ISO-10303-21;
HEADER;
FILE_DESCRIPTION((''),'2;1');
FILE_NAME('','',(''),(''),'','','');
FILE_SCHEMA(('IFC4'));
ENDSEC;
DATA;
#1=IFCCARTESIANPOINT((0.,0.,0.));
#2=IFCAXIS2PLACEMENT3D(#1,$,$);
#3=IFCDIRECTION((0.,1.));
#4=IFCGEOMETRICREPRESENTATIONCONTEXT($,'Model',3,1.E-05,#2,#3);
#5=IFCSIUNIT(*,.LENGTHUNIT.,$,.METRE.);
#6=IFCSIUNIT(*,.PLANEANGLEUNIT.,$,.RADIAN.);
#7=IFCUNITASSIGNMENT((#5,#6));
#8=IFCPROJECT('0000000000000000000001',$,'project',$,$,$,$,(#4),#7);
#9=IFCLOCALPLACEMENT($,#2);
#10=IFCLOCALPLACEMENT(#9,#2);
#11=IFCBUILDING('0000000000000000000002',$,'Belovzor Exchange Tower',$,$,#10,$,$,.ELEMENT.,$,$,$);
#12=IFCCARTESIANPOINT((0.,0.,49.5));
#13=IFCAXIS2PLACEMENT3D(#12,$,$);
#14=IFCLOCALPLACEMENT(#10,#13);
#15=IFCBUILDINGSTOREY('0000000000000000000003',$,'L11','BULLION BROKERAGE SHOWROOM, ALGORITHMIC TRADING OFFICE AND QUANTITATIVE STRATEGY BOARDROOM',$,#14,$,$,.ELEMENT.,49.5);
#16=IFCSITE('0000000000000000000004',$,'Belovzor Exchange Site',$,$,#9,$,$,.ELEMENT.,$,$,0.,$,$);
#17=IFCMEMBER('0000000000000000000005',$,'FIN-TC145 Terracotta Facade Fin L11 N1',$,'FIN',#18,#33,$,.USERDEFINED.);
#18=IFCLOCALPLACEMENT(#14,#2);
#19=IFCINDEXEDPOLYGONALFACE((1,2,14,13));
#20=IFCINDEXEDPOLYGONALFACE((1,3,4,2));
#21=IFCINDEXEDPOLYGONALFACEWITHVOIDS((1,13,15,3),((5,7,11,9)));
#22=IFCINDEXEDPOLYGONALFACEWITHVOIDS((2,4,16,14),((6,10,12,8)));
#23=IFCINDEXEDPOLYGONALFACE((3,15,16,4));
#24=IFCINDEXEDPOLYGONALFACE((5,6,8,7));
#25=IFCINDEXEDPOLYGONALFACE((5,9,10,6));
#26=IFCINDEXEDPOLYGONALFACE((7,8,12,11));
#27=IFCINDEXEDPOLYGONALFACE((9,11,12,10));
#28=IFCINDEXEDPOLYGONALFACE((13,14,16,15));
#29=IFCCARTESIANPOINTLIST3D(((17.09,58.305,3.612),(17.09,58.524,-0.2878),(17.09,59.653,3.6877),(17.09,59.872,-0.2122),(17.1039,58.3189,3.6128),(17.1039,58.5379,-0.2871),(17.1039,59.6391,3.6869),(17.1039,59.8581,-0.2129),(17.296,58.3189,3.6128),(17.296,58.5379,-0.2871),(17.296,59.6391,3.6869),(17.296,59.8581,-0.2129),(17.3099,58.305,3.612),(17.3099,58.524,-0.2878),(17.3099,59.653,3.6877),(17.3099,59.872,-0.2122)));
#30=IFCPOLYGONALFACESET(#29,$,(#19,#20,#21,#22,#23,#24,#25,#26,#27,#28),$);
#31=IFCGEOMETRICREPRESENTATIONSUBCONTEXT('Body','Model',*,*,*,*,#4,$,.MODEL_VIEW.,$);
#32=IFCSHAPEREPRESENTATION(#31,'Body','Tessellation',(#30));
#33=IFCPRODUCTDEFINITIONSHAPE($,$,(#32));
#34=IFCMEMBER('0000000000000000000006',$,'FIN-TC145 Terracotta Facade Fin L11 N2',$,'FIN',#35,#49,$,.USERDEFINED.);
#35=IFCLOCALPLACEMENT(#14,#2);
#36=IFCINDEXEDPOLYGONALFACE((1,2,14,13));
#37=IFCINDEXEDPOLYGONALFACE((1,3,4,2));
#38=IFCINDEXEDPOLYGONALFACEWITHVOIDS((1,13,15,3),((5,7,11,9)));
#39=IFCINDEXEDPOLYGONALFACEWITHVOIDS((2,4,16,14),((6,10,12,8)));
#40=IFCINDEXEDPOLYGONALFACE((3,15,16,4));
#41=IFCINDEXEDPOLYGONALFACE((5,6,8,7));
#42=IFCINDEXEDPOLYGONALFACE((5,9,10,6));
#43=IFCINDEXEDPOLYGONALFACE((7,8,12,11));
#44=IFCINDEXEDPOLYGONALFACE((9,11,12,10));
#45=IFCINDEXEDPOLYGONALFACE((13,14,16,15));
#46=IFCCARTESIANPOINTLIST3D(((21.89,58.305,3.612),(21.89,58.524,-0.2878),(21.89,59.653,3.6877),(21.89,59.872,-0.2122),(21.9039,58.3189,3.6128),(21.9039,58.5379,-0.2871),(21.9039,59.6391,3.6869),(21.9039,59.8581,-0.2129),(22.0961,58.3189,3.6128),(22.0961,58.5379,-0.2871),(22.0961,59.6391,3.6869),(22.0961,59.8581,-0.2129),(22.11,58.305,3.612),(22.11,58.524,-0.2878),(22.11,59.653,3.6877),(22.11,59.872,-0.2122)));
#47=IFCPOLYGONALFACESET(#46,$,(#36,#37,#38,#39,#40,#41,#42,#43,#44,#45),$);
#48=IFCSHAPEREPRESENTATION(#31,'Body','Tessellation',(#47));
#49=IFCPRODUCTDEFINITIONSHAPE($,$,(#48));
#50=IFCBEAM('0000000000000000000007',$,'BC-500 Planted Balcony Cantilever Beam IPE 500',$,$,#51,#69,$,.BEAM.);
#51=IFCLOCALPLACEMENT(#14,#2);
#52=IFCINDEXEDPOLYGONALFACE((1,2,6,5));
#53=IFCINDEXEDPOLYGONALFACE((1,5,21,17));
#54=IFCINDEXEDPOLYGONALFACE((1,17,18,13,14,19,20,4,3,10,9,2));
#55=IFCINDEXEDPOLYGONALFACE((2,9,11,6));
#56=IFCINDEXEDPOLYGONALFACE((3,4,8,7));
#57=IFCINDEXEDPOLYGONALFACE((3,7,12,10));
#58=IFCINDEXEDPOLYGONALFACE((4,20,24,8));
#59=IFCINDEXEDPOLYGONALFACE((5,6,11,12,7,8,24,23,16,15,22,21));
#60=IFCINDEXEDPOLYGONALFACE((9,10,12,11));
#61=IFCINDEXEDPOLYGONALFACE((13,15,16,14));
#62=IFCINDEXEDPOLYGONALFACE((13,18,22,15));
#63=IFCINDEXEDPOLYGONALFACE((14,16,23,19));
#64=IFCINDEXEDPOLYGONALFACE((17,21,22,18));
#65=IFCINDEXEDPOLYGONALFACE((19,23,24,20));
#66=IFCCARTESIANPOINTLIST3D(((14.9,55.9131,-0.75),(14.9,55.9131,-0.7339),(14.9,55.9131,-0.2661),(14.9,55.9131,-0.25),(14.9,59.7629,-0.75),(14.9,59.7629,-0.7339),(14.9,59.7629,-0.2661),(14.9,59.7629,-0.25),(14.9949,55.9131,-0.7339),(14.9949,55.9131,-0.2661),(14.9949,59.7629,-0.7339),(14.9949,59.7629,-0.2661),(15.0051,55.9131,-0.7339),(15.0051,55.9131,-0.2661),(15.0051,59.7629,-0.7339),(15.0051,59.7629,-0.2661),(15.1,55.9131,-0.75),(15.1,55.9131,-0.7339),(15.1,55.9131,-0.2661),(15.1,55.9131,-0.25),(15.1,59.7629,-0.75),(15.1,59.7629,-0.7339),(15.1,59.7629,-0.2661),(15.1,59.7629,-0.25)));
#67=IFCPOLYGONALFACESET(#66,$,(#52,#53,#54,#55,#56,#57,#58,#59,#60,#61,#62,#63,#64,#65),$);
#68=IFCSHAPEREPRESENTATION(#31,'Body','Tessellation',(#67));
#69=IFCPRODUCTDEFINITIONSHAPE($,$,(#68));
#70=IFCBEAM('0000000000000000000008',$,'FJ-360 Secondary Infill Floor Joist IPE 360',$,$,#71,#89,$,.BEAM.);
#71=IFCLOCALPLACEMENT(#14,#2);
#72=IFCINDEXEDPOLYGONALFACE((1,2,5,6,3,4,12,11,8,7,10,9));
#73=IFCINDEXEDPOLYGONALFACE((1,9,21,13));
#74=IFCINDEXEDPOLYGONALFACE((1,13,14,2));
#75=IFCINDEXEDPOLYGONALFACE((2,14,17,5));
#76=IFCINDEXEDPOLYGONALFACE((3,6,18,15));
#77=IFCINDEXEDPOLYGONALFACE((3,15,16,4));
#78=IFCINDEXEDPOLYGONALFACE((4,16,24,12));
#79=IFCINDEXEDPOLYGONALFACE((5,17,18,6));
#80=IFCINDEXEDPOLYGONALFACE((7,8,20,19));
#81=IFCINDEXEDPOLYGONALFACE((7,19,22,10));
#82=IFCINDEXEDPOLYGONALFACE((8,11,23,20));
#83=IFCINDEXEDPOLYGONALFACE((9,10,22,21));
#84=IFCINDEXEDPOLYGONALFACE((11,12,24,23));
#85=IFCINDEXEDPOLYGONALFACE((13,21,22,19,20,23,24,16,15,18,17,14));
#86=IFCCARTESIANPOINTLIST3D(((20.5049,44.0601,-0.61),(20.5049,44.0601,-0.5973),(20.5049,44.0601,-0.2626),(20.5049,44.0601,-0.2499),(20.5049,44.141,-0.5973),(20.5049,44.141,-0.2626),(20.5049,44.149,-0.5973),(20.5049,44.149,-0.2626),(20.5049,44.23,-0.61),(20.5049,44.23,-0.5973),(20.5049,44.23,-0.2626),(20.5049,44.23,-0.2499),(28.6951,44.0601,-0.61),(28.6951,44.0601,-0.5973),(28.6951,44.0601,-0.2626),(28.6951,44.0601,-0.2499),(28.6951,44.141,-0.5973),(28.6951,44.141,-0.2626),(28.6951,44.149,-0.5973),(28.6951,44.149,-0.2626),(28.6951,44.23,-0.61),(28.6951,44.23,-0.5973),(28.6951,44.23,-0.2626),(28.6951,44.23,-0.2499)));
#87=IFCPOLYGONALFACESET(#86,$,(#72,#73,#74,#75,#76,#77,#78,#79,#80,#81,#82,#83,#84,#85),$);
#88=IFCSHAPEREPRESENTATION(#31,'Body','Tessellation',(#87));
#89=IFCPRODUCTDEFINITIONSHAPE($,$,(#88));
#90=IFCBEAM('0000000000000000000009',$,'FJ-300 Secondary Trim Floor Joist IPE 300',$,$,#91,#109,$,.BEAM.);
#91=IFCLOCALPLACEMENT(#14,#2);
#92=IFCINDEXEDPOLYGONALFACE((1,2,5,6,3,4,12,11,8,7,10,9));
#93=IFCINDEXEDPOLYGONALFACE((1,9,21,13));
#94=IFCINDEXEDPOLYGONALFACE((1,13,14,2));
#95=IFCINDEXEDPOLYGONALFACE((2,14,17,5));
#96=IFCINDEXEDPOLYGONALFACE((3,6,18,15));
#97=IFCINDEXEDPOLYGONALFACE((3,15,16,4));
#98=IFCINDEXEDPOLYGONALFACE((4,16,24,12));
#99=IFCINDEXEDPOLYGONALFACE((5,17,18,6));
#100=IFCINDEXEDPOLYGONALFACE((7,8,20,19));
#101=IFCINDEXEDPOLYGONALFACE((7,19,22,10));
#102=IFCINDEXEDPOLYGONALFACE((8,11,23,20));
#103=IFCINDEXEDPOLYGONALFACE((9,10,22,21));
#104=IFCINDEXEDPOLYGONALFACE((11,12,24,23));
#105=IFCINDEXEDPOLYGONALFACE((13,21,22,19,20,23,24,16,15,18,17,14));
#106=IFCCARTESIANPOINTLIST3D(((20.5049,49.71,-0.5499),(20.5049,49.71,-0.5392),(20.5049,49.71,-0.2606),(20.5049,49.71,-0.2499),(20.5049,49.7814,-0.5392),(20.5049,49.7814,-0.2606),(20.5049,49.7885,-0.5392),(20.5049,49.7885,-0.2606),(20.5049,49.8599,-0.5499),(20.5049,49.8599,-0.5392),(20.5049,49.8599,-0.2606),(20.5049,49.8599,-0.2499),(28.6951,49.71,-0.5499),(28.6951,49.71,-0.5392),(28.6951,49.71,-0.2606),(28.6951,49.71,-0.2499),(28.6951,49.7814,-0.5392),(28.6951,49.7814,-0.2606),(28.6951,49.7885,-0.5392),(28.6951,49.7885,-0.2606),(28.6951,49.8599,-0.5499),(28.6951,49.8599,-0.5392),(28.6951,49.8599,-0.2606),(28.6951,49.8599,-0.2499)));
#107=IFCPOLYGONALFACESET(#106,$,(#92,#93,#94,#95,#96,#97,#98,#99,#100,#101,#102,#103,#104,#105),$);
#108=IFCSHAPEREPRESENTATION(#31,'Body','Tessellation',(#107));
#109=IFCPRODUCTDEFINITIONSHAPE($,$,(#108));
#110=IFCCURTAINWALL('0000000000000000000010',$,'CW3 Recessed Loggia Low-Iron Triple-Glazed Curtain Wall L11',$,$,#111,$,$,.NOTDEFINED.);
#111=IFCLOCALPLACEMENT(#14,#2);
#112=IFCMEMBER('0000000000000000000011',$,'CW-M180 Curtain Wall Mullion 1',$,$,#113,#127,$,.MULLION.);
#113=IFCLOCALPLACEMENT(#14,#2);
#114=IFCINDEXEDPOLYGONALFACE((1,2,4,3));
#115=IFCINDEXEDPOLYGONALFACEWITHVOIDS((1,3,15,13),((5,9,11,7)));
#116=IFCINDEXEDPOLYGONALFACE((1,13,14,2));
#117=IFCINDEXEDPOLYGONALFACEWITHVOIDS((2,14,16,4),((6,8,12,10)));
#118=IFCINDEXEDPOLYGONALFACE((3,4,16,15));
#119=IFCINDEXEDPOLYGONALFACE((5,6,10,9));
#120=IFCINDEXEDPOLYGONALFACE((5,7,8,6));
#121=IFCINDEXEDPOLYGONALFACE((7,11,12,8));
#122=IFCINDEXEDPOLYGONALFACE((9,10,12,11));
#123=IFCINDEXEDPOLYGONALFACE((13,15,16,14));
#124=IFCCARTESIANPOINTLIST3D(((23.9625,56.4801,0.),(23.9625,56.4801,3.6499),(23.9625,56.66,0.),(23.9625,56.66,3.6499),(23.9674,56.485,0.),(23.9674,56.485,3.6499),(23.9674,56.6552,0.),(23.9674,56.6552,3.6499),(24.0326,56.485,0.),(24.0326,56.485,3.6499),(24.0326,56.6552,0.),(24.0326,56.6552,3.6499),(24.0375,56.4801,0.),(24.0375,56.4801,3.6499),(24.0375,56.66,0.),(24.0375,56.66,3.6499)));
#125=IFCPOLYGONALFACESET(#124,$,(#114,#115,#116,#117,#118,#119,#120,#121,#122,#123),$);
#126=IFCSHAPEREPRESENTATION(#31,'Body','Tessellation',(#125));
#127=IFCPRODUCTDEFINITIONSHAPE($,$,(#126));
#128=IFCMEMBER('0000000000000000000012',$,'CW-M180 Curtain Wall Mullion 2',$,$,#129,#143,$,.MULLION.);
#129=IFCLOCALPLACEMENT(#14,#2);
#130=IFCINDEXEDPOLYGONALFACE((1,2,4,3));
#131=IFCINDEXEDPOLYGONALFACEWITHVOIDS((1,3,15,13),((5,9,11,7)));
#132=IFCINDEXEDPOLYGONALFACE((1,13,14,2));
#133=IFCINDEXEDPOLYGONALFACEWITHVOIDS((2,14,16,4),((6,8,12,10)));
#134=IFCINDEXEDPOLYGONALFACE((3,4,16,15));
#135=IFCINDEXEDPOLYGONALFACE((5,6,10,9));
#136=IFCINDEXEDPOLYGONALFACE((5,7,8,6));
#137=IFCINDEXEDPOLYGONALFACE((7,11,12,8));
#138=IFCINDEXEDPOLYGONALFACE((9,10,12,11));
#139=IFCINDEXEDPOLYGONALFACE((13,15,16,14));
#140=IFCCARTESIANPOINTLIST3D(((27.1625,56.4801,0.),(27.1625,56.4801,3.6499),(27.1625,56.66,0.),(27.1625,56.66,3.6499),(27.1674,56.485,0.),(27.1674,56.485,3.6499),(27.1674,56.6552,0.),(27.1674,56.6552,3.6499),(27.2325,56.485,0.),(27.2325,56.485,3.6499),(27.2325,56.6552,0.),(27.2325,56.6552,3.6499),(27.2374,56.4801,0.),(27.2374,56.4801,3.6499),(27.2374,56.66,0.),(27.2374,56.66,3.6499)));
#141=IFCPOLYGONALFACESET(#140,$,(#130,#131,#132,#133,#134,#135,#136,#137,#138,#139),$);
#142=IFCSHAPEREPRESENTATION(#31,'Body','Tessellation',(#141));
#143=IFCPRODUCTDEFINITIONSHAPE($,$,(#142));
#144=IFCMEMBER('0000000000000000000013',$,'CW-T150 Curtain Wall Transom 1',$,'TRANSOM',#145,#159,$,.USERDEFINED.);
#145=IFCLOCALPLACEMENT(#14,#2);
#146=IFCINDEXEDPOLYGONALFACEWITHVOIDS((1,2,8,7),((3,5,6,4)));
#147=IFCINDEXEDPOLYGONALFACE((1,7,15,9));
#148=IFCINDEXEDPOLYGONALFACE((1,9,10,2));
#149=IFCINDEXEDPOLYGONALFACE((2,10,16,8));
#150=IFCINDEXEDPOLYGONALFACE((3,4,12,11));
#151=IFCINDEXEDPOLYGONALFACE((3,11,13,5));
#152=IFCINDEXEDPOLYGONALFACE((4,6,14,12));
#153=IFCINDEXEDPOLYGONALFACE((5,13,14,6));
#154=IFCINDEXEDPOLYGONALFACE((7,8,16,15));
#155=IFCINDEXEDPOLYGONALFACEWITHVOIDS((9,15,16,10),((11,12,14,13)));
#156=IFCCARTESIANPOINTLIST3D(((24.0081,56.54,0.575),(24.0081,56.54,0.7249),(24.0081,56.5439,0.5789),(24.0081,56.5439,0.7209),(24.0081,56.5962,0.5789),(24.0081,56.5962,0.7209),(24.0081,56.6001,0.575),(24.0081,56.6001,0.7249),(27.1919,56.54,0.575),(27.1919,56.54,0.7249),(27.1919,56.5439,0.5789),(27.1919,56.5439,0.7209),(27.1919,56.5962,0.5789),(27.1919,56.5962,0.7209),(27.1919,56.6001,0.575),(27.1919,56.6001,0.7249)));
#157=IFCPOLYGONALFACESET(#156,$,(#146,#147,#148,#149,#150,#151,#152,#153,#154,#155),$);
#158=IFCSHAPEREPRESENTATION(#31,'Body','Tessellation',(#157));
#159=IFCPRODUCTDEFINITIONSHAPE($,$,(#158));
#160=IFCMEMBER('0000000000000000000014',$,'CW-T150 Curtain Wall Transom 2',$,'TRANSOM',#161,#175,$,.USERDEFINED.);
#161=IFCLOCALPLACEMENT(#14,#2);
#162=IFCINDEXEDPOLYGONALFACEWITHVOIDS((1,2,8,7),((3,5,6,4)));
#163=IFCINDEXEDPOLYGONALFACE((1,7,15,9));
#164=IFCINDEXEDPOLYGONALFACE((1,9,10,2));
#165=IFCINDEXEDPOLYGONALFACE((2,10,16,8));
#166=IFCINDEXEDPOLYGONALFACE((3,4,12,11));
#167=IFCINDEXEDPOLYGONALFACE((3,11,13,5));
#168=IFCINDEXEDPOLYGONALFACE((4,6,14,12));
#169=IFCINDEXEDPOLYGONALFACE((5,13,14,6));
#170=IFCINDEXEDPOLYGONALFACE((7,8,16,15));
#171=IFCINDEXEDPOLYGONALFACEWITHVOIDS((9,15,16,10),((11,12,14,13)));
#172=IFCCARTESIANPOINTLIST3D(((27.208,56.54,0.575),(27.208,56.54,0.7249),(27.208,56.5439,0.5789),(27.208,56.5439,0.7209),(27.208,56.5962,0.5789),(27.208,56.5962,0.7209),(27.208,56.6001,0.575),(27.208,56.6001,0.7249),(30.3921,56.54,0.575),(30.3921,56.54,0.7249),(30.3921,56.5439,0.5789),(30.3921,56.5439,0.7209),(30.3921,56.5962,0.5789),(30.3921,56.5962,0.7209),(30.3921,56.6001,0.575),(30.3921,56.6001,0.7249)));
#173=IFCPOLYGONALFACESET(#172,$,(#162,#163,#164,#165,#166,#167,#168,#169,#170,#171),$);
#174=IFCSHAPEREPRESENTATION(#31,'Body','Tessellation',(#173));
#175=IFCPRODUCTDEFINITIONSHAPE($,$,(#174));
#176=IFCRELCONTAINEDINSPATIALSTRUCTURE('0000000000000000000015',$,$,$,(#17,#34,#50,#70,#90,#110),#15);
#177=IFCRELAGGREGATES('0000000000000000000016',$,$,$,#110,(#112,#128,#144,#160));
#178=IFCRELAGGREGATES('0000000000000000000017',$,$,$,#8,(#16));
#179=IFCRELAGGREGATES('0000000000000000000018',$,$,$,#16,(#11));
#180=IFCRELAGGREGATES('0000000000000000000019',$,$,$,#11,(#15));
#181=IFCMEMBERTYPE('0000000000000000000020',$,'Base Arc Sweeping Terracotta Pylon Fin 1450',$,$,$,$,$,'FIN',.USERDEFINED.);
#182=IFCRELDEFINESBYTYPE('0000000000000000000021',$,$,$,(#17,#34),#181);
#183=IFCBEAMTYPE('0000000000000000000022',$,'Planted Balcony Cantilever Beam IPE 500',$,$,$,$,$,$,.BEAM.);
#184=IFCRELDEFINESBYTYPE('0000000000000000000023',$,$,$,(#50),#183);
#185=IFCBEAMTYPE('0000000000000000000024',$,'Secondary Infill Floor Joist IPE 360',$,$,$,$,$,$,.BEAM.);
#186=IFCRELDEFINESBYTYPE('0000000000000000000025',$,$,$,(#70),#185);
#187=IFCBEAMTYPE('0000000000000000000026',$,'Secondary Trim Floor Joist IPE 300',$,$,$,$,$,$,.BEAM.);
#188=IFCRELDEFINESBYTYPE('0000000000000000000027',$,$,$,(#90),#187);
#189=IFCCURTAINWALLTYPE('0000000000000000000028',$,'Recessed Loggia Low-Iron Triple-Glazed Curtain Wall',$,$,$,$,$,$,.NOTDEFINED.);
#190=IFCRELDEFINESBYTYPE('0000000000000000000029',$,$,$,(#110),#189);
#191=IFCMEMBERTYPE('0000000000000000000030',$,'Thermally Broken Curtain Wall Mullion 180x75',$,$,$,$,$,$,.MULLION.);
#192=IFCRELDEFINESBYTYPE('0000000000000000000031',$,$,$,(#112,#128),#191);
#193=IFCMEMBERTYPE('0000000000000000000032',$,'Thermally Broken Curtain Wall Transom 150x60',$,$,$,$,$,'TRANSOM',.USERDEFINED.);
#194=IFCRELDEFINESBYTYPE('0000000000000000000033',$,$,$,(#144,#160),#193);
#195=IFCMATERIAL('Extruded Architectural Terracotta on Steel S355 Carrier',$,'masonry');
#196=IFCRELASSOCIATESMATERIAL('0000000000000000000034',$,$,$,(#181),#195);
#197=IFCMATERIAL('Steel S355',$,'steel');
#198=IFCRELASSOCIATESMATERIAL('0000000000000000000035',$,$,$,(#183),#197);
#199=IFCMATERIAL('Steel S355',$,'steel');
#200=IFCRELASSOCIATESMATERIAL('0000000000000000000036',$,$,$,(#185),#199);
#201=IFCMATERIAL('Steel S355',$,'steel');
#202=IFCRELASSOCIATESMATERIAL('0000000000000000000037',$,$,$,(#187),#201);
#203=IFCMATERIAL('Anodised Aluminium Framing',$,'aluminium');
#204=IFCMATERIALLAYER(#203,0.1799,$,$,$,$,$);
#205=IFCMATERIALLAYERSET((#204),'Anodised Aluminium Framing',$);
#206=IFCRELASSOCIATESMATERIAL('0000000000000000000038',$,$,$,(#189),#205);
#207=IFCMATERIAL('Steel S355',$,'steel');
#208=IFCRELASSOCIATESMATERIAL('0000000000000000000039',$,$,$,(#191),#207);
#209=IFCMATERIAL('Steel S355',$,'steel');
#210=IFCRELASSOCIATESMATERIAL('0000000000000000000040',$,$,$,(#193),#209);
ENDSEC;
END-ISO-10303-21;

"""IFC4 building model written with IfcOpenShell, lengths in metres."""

from ifc_helpers import new_model, si_unit, direction, frame, origin, origin_2d, place, context, subcontext, project, spatial, hollow_rectangle, i_section, extrude, material, layer, layer_set, material_profile, profile_set, type_object, element, aggregate, save


model = new_model("IFC4")

# Units and contexts
model_context = context("Model", 3, precision=1e-05, world=origin(), true_north=direction((0.0, 1.0)))
body_context = subcontext(model_context, "Body", "Model", "MODEL_VIEW")
ifc_project = project(units=[si_unit("LENGTHUNIT", "METRE"), si_unit("PLANEANGLEUNIT", "RADIAN")], contexts=[model_context])

# Site, building, storey
site_placement = place(None, origin())
site = spatial("IfcSite", under=ifc_project, at=site_placement, Name="Belovzor Exchange Site", CompositionType="ELEMENT", RefElevation=0.0)
building_placement = place(site_placement, origin())
building = spatial("IfcBuilding", under=site, at=building_placement, Name="Belovzor Exchange Tower", CompositionType="ELEMENT")
storey_placement = place(building_placement, frame((0.0, 0.0, 49.5)))
storey = spatial("IfcBuildingStorey", under=building, at=storey_placement, Name="L11", Description="BULLION BROKERAGE SHOWROOM, ALGORITHMIC TRADING OFFICE AND QUANTITATIVE STRATEGY BOARDROOM", CompositionType="ELEMENT", Elevation=49.5)

# Members
ifc_material_1 = material(Name="Extruded Architectural Terracotta on Steel S355 Carrier", Category="masonry")
ifc_material_profile_1 = material_profile(ifc_material_1, hollow_rectangle(XDim=0.22, YDim=1.3501, WallThickness=0.0139, at=origin_2d()))
ifc_profile_set_1 = profile_set([ifc_material_profile_1], Name="Extruded Architectural Terracotta on Steel S355 Carrier")
member_type_1 = type_object("IfcMemberType", Name="Base Arc Sweeping Terracotta Pylon Fin 1450", ElementType="FIN", PredefinedType="USERDEFINED", material=ifc_profile_set_1)
for number, where, z_axis, x_axis, name in (
    (1, (17.2, 59.198, -0.25), (0.0, -0.056065, 0.998427), (1.0, 0.0, 0.0), "FIN-TC145 Terracotta Facade Fin L11 N1"),
    (2, (22.0, 59.198, -0.25), (0.0, -0.056065, 0.998427), (1.0, 0.0, 0.0), "FIN-TC145 Terracotta Facade Fin L11 N2"),
):
    element("IfcMember", number, at=place(storey_placement, frame(where, z_axis=z_axis, x_axis=x_axis)), inside=storey, type_object=member_type_1, Name=name, ObjectType="FIN", PredefinedType="USERDEFINED", context=body_context, shape_type="SweptSolid", body=[
        extrude(hollow_rectangle(XDim=0.22, YDim=1.3501, WallThickness=0.0139, at=origin_2d()), origin(), (0.0, 0.0, 1.0), 3.906),
    ])

# Beams
ifc_material_2 = material(Name="Steel S355", Category="steel")
ifc_material_profile_2 = material_profile(ifc_material_2, i_section(OverallWidth=0.2, OverallDepth=0.5, WebThickness=0.0103, FlangeThickness=0.0161, at=origin_2d()))
ifc_profile_set_2 = profile_set([ifc_material_profile_2], Name="Steel S355")
beam_type_1 = type_object("IfcBeamType", Name="Planted Balcony Cantilever Beam IPE 500", PredefinedType="BEAM", material=ifc_profile_set_2)
beam_1_placement = place(storey_placement, frame((15.0, 55.9131, -0.5), z_axis=(0.0, 1.0, 0.0), x_axis=(-1.0, 0.0, 0.0)))
element("IfcBeam", 3, at=beam_1_placement, inside=storey, type_object=beam_type_1, Name="BC-500 Planted Balcony Cantilever Beam IPE 500", PredefinedType="BEAM", context=body_context, shape_type="SweptSolid", body=[
    extrude(i_section(OverallWidth=0.2, OverallDepth=0.5, WebThickness=0.0103, FlangeThickness=0.0161, at=origin_2d()), origin(), (0.0, 0.0, 1.0), 3.8499),
])
ifc_material_3 = material(Name="Steel S355", Category="steel")
ifc_material_profile_3 = material_profile(ifc_material_3, i_section(OverallWidth=0.1699, OverallDepth=0.3601, WebThickness=0.0081, FlangeThickness=0.0127, at=origin_2d()))
ifc_profile_set_3 = profile_set([ifc_material_profile_3], Name="Steel S355")
beam_type_2 = type_object("IfcBeamType", Name="Secondary Infill Floor Joist IPE 360", PredefinedType="BEAM", material=ifc_profile_set_3)
beam_2_placement = place(storey_placement, frame((20.5049, 44.145, -0.4299), z_axis=(1.0, 0.0, 0.0), x_axis=(0.0, 1.0, 0.0)))
element("IfcBeam", 4, at=beam_2_placement, inside=storey, type_object=beam_type_2, Name="FJ-360 Secondary Infill Floor Joist IPE 360", PredefinedType="BEAM", context=body_context, shape_type="SweptSolid", body=[
    extrude(i_section(OverallWidth=0.1699, OverallDepth=0.3601, WebThickness=0.0081, FlangeThickness=0.0127, at=origin_2d()), origin(), (0.0, 0.0, 1.0), 8.1902),
])
ifc_material_4 = material(Name="Steel S355", Category="steel")
ifc_material_profile_4 = material_profile(ifc_material_4, i_section(OverallWidth=0.1499, OverallDepth=0.3, WebThickness=0.0071, FlangeThickness=0.0107, at=origin_2d()))
ifc_profile_set_4 = profile_set([ifc_material_profile_4], Name="Steel S355")
beam_type_3 = type_object("IfcBeamType", Name="Secondary Trim Floor Joist IPE 300", PredefinedType="BEAM", material=ifc_profile_set_4)
beam_3_placement = place(storey_placement, frame((20.5049, 49.7849, -0.3999), z_axis=(1.0, 0.0, 0.0), x_axis=(0.0, 1.0, 0.0)))
element("IfcBeam", 5, at=beam_3_placement, inside=storey, type_object=beam_type_3, Name="FJ-300 Secondary Trim Floor Joist IPE 300", PredefinedType="BEAM", context=body_context, shape_type="SweptSolid", body=[
    extrude(i_section(OverallWidth=0.1499, OverallDepth=0.3, WebThickness=0.0071, FlangeThickness=0.0107, at=origin_2d()), origin(), (0.0, 0.0, 1.0), 8.1902),
])

# Curtain wall, members
ifc_material_5 = material(Name="Anodised Aluminium Framing", Category="aluminium")
ifc_layer_1 = layer(ifc_material_5, 0.1799)
ifc_layer_set_1 = layer_set([ifc_layer_1], Name="Anodised Aluminium Framing")
curtain_wall_type = type_object("IfcCurtainWallType", Name="Recessed Loggia Low-Iron Triple-Glazed Curtain Wall", PredefinedType="NOTDEFINED", material=ifc_layer_set_1)
curtain_wall_placement = place(storey_placement, origin())
curtain_wall = element("IfcCurtainWall", 6, at=curtain_wall_placement, inside=storey, type_object=curtain_wall_type, Name="CW3 Recessed Loggia Low-Iron Triple-Glazed Curtain Wall L11", PredefinedType="NOTDEFINED")
ifc_material_6 = material(Name="Steel S355", Category="steel")
ifc_material_profile_5 = material_profile(ifc_material_6, hollow_rectangle(XDim=0.075, YDim=0.1799, WallThickness=0.0049, at=origin_2d()))
ifc_profile_set_5 = profile_set([ifc_material_profile_5], Name="Steel S355")
member_type_2 = type_object("IfcMemberType", Name="Thermally Broken Curtain Wall Mullion 180x75", PredefinedType="MULLION", material=ifc_profile_set_5)
member_1_placement = place(storey_placement, frame((24.0, 56.5701, 0.0), z_axis=(0.0, 0.0, 1.0), x_axis=(1.0, 0.0, 0.0)))
member_1 = element("IfcMember", 7, at=member_1_placement, type_object=member_type_2, Name="CW-M180 Curtain Wall Mullion 1", PredefinedType="MULLION", context=body_context, shape_type="SweptSolid", body=[
    extrude(hollow_rectangle(XDim=0.075, YDim=0.1799, WallThickness=0.0049, at=origin_2d()), origin(), (0.0, 0.0, 1.0), 3.6499),
])
member_2_placement = place(storey_placement, frame((27.2, 56.5701, 0.0), z_axis=(0.0, 0.0, 1.0), x_axis=(1.0, 0.0, 0.0)))
member_2 = element("IfcMember", 8, at=member_2_placement, type_object=member_type_2, Name="CW-M180 Curtain Wall Mullion 2", PredefinedType="MULLION", context=body_context, shape_type="SweptSolid", body=[
    extrude(hollow_rectangle(XDim=0.075, YDim=0.1799, WallThickness=0.0049, at=origin_2d()), origin(), (0.0, 0.0, 1.0), 3.6499),
])
ifc_material_7 = material(Name="Steel S355", Category="steel")
ifc_material_profile_6 = material_profile(ifc_material_7, hollow_rectangle(XDim=0.0601, YDim=0.1499, WallThickness=0.0039, at=origin_2d()))
ifc_profile_set_6 = profile_set([ifc_material_profile_6], Name="Steel S355")
member_type_3 = type_object("IfcMemberType", Name="Thermally Broken Curtain Wall Transom 150x60", ElementType="TRANSOM", PredefinedType="USERDEFINED", material=ifc_profile_set_6)
member_3_placement = place(storey_placement, frame((24.0081, 56.5701, 0.6499), z_axis=(1.0, 0.0, 0.0), x_axis=(0.0, 1.0, 0.0)))
member_3 = element("IfcMember", 9, at=member_3_placement, type_object=member_type_3, Name="CW-T150 Curtain Wall Transom 1", ObjectType="TRANSOM", PredefinedType="USERDEFINED", context=body_context, shape_type="SweptSolid", body=[
    extrude(hollow_rectangle(XDim=0.0601, YDim=0.1499, WallThickness=0.0039, at=origin_2d()), origin(), (0.0, 0.0, 1.0), 3.1838),
])
member_4_placement = place(storey_placement, frame((27.208, 56.5701, 0.6499), z_axis=(1.0, 0.0, 0.0), x_axis=(0.0, 1.0, 0.0)))
member_4 = element("IfcMember", 10, at=member_4_placement, type_object=member_type_3, Name="CW-T150 Curtain Wall Transom 2", ObjectType="TRANSOM", PredefinedType="USERDEFINED", context=body_context, shape_type="SweptSolid", body=[
    extrude(hollow_rectangle(XDim=0.0601, YDim=0.1499, WallThickness=0.0039, at=origin_2d()), origin(), (0.0, 0.0, 1.0), 3.1841),
])

aggregate(curtain_wall, [member_1, member_2, member_3, member_4])

save(model, "model.ifc")
